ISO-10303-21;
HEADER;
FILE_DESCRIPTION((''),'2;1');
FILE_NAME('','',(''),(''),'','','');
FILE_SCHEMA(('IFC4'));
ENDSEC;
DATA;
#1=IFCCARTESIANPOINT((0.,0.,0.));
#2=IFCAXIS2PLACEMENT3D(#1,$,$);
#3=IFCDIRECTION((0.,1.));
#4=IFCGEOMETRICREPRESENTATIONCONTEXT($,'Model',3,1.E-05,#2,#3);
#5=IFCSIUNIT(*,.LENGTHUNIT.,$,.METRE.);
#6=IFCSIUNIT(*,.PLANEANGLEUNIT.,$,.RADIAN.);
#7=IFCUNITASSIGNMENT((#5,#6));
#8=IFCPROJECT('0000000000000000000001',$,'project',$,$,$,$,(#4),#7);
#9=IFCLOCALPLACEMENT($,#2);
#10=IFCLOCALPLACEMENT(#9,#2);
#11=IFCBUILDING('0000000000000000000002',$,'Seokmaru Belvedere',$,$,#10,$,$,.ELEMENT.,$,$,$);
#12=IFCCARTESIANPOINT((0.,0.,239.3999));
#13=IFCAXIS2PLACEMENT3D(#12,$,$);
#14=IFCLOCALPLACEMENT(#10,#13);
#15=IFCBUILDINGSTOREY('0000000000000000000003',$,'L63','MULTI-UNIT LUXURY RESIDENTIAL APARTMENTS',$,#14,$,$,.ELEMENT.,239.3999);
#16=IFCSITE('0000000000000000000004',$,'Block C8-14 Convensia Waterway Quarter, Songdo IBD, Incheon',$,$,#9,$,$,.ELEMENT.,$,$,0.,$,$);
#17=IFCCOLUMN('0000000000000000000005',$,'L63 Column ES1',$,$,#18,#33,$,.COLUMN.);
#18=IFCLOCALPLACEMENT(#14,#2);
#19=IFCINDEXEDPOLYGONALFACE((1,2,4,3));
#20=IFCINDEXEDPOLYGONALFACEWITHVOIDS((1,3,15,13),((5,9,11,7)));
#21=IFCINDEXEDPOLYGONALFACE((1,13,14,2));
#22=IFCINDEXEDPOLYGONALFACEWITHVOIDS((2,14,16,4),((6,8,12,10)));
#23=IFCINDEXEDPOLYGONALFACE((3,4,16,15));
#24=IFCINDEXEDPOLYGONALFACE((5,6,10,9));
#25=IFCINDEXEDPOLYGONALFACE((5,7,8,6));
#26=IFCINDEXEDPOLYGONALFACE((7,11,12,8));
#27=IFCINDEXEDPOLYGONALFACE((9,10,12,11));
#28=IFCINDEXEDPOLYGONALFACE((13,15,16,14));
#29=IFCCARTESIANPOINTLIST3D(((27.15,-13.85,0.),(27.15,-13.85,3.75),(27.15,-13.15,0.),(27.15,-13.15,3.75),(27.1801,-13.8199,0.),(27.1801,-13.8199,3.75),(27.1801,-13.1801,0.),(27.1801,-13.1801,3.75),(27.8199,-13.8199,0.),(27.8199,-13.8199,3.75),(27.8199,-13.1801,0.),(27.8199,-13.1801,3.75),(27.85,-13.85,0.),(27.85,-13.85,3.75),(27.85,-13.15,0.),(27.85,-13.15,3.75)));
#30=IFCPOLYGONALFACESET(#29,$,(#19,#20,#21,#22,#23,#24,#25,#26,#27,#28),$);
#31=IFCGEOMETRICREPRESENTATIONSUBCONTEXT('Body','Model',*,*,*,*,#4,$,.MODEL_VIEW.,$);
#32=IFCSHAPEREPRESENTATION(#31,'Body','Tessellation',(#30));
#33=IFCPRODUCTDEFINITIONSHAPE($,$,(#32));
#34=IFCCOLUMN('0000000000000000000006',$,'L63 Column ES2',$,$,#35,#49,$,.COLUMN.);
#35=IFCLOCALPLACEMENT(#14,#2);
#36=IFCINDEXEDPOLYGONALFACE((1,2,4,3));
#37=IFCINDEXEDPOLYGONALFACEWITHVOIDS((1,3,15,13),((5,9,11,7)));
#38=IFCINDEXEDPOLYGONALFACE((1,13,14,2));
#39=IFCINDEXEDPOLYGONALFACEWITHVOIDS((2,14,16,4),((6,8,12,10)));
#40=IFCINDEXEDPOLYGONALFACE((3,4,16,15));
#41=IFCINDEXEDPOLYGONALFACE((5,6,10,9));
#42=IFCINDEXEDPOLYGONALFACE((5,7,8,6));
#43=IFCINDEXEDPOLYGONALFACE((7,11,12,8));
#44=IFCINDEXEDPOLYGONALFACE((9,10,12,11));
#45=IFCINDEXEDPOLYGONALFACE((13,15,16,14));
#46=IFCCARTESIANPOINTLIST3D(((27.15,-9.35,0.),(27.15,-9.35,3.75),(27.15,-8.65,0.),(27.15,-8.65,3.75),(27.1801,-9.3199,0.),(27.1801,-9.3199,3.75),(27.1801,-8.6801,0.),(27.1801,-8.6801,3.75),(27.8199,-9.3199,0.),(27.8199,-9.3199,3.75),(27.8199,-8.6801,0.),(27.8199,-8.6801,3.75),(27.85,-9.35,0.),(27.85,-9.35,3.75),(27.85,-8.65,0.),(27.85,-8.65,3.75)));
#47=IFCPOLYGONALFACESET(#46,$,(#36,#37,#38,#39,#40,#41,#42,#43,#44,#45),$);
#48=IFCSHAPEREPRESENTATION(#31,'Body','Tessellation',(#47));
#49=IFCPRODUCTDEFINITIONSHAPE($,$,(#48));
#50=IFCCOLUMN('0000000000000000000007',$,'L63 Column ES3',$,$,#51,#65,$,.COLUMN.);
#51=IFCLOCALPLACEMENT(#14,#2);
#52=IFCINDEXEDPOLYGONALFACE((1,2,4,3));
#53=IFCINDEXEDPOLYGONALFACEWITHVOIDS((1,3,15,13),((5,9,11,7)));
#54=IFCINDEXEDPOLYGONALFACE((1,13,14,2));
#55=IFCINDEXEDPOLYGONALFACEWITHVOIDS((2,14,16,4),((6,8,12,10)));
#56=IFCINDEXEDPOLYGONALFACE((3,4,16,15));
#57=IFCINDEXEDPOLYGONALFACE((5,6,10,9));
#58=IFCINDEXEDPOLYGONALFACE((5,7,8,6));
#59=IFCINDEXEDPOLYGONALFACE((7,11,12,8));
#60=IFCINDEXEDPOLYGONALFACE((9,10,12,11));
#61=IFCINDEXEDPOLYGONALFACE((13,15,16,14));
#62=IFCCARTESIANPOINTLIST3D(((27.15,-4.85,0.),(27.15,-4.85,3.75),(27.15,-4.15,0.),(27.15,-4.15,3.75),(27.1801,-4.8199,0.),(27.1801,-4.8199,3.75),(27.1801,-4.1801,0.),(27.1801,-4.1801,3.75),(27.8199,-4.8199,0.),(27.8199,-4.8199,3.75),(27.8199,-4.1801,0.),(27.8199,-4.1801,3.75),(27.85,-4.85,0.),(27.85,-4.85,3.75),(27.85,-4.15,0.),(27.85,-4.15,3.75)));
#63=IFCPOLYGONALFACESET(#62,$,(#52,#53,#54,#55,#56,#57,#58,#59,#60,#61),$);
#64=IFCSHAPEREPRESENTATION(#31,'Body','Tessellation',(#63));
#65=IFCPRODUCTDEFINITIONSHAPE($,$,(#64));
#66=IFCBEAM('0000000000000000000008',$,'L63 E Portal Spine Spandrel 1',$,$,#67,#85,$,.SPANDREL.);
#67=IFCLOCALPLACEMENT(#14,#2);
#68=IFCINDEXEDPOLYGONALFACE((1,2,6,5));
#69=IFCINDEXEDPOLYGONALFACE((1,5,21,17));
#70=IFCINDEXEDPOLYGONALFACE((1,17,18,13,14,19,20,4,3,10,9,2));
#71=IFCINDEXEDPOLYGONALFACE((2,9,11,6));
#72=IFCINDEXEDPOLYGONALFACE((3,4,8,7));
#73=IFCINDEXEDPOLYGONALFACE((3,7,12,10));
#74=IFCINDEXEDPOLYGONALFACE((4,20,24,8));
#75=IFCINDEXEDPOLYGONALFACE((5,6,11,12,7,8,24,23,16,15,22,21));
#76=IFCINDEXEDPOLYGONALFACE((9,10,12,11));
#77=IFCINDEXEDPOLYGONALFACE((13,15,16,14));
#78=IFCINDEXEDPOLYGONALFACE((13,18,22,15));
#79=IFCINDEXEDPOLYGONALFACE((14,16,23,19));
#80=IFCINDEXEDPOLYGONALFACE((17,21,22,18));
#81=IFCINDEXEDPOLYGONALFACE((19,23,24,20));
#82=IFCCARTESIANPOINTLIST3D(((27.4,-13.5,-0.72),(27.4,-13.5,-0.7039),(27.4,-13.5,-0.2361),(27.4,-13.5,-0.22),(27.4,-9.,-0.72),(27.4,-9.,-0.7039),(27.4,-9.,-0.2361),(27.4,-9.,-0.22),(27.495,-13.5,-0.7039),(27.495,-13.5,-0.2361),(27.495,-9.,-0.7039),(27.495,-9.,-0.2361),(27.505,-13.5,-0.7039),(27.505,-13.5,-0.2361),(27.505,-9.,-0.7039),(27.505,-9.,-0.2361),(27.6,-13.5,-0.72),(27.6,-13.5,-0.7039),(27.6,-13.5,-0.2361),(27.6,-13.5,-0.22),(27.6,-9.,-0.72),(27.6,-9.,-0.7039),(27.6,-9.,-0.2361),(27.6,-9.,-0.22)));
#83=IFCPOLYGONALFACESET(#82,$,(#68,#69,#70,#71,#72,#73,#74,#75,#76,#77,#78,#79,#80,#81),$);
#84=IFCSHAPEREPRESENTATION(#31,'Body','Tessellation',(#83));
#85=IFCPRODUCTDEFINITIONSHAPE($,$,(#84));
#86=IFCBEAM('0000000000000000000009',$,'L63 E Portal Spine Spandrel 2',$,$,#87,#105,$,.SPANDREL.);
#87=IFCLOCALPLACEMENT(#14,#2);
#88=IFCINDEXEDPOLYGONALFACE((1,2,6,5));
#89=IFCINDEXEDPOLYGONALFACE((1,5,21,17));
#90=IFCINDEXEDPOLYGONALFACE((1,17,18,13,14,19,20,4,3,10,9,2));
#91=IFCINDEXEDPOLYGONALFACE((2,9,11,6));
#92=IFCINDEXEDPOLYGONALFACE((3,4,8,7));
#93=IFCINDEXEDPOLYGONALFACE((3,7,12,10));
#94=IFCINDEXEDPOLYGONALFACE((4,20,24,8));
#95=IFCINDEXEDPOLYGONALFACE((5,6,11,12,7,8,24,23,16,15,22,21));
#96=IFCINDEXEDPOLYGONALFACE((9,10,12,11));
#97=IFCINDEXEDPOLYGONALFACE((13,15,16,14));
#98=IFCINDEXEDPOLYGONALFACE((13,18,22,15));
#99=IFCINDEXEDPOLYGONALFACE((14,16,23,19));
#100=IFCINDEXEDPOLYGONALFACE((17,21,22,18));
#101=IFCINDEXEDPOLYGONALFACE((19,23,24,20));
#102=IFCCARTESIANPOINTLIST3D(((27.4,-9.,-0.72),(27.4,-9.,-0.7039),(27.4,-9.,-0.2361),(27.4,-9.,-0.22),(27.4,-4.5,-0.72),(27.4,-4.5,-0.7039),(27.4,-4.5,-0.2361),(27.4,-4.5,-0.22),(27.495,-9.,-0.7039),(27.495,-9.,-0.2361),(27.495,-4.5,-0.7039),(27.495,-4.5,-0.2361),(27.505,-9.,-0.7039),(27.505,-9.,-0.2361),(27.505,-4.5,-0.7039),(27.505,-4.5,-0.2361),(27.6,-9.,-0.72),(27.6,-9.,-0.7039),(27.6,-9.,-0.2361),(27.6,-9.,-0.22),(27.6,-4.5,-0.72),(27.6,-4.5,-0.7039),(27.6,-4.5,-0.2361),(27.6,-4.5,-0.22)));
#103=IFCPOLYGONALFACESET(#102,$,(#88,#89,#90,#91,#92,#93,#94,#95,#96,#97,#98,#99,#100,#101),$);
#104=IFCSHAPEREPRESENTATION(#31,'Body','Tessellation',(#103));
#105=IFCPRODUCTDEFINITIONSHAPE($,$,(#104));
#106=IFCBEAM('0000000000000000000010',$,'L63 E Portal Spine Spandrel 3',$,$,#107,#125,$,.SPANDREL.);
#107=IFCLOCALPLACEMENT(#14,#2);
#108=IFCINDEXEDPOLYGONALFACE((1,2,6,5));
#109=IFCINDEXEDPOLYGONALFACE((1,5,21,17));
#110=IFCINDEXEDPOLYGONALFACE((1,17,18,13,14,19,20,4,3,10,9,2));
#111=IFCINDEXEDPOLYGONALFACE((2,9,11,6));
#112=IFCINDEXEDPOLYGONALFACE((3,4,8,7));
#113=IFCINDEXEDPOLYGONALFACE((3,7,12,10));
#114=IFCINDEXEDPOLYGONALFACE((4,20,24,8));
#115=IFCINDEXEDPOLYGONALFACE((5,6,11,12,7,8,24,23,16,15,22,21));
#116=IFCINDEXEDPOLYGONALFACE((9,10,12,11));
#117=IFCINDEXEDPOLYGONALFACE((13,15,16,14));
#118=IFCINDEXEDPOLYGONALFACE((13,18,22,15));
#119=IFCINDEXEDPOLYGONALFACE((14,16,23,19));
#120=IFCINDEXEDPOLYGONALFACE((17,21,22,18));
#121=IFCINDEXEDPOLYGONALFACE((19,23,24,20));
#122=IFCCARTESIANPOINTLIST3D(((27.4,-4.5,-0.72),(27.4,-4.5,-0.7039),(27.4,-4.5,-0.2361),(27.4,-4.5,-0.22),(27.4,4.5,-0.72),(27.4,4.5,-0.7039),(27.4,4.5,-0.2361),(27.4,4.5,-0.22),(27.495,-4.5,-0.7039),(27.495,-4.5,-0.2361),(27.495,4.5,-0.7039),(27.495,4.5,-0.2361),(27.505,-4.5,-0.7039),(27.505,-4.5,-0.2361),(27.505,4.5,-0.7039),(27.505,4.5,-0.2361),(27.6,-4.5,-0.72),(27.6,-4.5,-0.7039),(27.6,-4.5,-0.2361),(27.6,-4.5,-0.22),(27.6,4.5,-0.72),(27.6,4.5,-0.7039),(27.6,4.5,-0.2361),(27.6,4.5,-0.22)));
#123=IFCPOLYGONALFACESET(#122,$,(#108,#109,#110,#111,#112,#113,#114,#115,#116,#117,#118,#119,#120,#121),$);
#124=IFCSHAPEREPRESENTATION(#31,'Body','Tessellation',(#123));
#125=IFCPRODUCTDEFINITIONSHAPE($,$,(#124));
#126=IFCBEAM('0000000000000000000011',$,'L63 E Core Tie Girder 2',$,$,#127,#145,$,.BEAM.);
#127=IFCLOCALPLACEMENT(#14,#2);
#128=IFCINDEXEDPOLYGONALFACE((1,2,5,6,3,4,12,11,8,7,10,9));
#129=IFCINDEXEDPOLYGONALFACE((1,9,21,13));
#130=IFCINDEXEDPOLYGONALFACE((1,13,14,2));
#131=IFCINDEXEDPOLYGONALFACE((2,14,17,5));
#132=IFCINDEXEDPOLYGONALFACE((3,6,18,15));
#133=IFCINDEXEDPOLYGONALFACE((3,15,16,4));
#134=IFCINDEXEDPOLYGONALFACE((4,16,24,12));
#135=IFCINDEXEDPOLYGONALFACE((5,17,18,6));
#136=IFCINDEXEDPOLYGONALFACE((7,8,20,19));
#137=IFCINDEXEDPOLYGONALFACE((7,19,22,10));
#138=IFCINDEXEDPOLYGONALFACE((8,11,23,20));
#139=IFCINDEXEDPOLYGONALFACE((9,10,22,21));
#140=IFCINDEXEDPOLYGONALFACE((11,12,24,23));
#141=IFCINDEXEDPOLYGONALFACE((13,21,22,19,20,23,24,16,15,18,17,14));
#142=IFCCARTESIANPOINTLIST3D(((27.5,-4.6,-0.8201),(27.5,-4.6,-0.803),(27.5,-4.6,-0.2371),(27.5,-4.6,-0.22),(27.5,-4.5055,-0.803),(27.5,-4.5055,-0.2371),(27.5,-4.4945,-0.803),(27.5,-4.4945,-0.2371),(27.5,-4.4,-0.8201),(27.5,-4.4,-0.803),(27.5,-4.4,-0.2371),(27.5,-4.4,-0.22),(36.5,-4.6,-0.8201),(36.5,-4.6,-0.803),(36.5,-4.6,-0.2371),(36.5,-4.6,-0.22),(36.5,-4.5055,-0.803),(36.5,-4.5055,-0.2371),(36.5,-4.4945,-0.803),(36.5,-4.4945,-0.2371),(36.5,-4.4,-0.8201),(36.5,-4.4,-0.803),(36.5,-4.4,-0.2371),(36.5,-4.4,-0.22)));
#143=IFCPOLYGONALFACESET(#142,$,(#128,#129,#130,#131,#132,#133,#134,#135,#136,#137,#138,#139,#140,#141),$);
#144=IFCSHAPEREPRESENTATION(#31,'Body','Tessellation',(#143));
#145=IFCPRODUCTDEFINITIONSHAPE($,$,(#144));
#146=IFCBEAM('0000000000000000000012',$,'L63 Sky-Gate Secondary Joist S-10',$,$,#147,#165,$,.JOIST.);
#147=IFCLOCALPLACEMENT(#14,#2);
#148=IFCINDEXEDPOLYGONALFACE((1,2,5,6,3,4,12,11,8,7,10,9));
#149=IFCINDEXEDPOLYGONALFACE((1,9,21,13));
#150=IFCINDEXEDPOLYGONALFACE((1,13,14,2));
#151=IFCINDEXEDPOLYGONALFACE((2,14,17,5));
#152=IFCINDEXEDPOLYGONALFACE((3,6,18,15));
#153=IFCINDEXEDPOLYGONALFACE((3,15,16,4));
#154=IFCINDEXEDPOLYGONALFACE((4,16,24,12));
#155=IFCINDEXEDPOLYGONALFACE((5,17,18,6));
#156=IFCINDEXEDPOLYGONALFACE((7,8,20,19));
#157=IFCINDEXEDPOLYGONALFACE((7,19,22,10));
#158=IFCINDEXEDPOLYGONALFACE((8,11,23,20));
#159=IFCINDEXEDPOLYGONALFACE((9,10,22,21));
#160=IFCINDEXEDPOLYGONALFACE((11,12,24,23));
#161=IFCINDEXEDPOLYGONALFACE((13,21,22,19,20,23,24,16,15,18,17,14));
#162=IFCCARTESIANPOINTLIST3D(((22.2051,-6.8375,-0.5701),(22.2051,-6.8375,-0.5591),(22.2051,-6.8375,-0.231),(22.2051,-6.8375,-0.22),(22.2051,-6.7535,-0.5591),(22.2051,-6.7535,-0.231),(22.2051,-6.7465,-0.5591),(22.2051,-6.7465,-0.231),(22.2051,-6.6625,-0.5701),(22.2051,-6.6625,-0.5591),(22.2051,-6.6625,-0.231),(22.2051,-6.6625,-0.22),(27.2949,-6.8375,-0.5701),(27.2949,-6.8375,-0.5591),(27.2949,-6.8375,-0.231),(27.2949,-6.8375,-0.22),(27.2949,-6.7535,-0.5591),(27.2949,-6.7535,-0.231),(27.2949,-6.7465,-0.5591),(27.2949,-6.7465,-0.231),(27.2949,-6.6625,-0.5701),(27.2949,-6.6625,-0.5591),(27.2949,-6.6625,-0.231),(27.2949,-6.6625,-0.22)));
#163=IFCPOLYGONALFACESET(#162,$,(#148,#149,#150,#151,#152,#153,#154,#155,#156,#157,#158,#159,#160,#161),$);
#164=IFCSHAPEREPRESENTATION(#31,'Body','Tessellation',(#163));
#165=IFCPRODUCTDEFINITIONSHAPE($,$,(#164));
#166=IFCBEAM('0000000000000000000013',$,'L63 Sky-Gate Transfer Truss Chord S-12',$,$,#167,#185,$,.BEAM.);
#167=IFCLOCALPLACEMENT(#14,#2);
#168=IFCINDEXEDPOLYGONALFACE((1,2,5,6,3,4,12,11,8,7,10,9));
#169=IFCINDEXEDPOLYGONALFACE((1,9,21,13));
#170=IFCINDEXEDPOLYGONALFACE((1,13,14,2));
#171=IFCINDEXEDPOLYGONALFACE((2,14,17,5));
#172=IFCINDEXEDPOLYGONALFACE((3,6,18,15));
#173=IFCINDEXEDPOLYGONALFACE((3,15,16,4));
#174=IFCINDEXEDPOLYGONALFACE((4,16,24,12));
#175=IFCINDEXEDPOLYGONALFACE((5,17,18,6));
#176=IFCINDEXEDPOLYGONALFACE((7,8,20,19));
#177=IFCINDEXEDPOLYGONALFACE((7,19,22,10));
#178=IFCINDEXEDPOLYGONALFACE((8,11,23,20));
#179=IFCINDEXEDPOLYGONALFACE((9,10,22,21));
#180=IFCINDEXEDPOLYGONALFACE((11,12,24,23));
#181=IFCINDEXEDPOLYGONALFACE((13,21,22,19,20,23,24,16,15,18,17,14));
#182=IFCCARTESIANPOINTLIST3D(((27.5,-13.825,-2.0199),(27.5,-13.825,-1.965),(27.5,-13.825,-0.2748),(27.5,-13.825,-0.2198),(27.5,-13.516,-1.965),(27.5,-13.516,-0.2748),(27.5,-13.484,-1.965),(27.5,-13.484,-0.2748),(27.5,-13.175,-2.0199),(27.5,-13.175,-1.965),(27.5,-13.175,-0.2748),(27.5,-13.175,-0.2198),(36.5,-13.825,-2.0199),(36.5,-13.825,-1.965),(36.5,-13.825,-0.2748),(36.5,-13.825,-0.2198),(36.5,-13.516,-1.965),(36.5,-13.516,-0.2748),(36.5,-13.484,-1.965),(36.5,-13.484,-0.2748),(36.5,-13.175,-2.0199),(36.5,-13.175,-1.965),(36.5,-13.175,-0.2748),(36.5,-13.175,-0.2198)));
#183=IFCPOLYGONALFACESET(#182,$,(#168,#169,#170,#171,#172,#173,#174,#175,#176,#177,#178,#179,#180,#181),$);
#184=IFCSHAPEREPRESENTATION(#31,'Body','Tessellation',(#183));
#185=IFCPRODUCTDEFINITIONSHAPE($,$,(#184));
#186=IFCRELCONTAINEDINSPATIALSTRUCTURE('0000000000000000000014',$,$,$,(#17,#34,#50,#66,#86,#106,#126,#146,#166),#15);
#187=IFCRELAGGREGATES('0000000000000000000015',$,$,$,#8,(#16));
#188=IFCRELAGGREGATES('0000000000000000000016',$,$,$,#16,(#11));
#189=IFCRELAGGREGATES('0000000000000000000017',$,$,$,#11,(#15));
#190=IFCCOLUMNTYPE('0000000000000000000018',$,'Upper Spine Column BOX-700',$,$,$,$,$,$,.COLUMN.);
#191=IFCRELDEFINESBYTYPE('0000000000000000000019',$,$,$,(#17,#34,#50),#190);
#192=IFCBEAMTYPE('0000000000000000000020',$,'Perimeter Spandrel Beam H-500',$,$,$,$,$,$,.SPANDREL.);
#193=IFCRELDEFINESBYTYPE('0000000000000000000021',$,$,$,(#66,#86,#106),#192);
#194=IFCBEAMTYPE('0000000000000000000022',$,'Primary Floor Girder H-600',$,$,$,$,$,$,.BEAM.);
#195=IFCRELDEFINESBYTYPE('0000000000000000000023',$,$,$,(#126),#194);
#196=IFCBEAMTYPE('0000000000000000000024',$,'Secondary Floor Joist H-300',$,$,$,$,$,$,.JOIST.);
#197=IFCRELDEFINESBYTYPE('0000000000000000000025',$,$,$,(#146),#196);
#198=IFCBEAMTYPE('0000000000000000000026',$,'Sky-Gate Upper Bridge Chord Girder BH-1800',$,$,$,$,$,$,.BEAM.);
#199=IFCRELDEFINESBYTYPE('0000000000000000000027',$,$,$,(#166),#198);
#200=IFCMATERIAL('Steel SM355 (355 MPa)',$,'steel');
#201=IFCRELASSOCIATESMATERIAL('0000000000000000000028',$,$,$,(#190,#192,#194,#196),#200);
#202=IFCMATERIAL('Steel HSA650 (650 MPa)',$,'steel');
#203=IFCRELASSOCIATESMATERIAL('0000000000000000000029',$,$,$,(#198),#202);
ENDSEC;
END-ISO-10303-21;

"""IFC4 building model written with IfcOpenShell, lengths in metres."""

from ifc_helpers import new_model, si_unit, direction, frame, origin, origin_2d, place, context, subcontext, project, spatial, hollow_rectangle, i_section, extrude, source, transform, mapped, material, material_profile, profile_set, type_object, type_shapes, element, save


model = new_model("IFC4")

# Units and contexts
model_context = context("Model", 3, precision=1e-05, world=origin(), true_north=direction((0.0, 1.0)))
body_context = subcontext(model_context, "Body", "Model", "MODEL_VIEW")
ifc_project = project(units=[si_unit("LENGTHUNIT", "METRE"), si_unit("PLANEANGLEUNIT", "RADIAN")], contexts=[model_context])

# Site, building, storey
site_placement = place(None, origin())
site = spatial("IfcSite", under=ifc_project, at=site_placement, Name="Block C8-14 Convensia Waterway Quarter, Songdo IBD, Incheon", CompositionType="ELEMENT", RefElevation=0.0)
building_placement = place(site_placement, origin())
building = spatial("IfcBuilding", under=site, at=building_placement, Name="Seokmaru Belvedere", CompositionType="ELEMENT")
storey_placement = place(building_placement, frame((0.0, 0.0, 239.3999)))
storey = spatial("IfcBuildingStorey", under=building, at=storey_placement, Name="L63", Description="MULTI-UNIT LUXURY RESIDENTIAL APARTMENTS", CompositionType="ELEMENT", Elevation=239.3999)

# Columns
ifc_material_1 = material(Name="Steel SM355 (355 MPa)", Category="steel")
ifc_material_profile_1 = material_profile(ifc_material_1, hollow_rectangle(XDim=0.7, YDim=0.7, WallThickness=0.03, at=origin_2d()), Name="BOX-700x700x30")
ifc_profile_set_1 = profile_set([ifc_material_profile_1], Name="Steel SM355 (355 MPa)")
column_type = type_object("IfcColumnType", Name="Upper Spine Column BOX-700", PredefinedType="COLUMN", material=ifc_profile_set_1)
shared_shape_1 = source(origin(), body_context, "Body", "SweptSolid", [
    extrude(hollow_rectangle(XDim=0.7, YDim=0.7, WallThickness=0.03, at=origin_2d()), origin(), (0.0, 0.0, 1.0), 3.75),
])
type_shapes(column_type, [shared_shape_1])
for number, where, z_axis, x_axis, name in (
    (1, (27.5, -13.5, 0.0), (0.0, 0.0, 1.0), (1.0, 0.0, 0.0), "L63 Column ES1"),
    (2, (27.5, -9.0, 0.0), (0.0, 0.0, 1.0), (1.0, 0.0, 0.0), "L63 Column ES2"),
    (3, (27.5, -4.5, 0.0), (0.0, 0.0, 1.0), (1.0, 0.0, 0.0), "L63 Column ES3"),
):
    element("IfcColumn", number, at=place(storey_placement, frame(where, z_axis=z_axis, x_axis=x_axis)), inside=storey, type_object=column_type, Name=name, PredefinedType="COLUMN", context=body_context, shape_type="MappedRepresentation", body=[
        mapped(shared_shape_1, transform((0.0, 0.0, 0.0), scale=1.0)),
    ])

# Beams
ifc_material_profile_2 = material_profile(ifc_material_1, i_section(OverallWidth=0.2, OverallDepth=0.5, WebThickness=0.01, FlangeThickness=0.0161, at=origin_2d()), Name="H-500x200x10x16")
ifc_profile_set_2 = profile_set([ifc_material_profile_2], Name="Steel SM355 (355 MPa)")
beam_type_1 = type_object("IfcBeamType", Name="Perimeter Spandrel Beam H-500", PredefinedType="SPANDREL", material=ifc_profile_set_2)
shared_shape_2 = source(origin(), body_context, "Body", "SweptSolid", [
    extrude(i_section(OverallWidth=0.2, OverallDepth=0.5, WebThickness=0.01, FlangeThickness=0.0161, at=origin_2d()), origin(), (0.0, 0.0, 1.0), 4.5),
])
for number, where, z_axis, x_axis, name in (
    (4, (27.5, -13.5, -0.47), (0.0, 1.0, 0.0), (-1.0, 0.0, 0.0), "L63 E Portal Spine Spandrel 1"),
    (5, (27.5, -9.0, -0.47), (0.0, 1.0, 0.0), (-1.0, 0.0, 0.0), "L63 E Portal Spine Spandrel 2"),
):
    element("IfcBeam", number, at=place(storey_placement, frame(where, z_axis=z_axis, x_axis=x_axis)), inside=storey, type_object=beam_type_1, Name=name, PredefinedType="SPANDREL", context=body_context, shape_type="MappedRepresentation", body=[
        mapped(shared_shape_2, transform((0.0, 0.0, 0.0), scale=1.0)),
    ])
shared_shape_3 = source(origin(), body_context, "Body", "SweptSolid", [
    extrude(i_section(OverallWidth=0.2, OverallDepth=0.5, WebThickness=0.01, FlangeThickness=0.0161, at=origin_2d()), origin(), (0.0, 0.0, 1.0), 9.0),
])
type_shapes(beam_type_1, [shared_shape_2, shared_shape_3])
beam_1_placement = place(storey_placement, frame((27.5, -4.5, -0.47), z_axis=(0.0, 1.0, 0.0), x_axis=(-1.0, 0.0, 0.0)))
element("IfcBeam", 6, at=beam_1_placement, inside=storey, type_object=beam_type_1, Name="L63 E Portal Spine Spandrel 3", PredefinedType="SPANDREL", context=body_context, shape_type="MappedRepresentation", body=[
    mapped(shared_shape_3, transform((0.0, 0.0, 0.0), scale=1.0)),
])
ifc_material_profile_3 = material_profile(ifc_material_1, i_section(OverallWidth=0.2, OverallDepth=0.6001, WebThickness=0.011, FlangeThickness=0.0171, at=origin_2d()), Name="H-600x200x11x17")
ifc_profile_set_3 = profile_set([ifc_material_profile_3], Name="Steel SM355 (355 MPa)")
beam_type_2 = type_object("IfcBeamType", Name="Primary Floor Girder H-600", PredefinedType="BEAM", material=ifc_profile_set_3)
shared_shape_4 = source(origin(), body_context, "Body", "SweptSolid", [
    extrude(i_section(OverallWidth=0.2, OverallDepth=0.6001, WebThickness=0.011, FlangeThickness=0.0171, at=origin_2d()), origin(), (0.0, 0.0, 1.0), 9.0),
])
type_shapes(beam_type_2, [shared_shape_4])
beam_2_placement = place(storey_placement, frame((27.5, -4.5, -0.52), z_axis=(1.0, 0.0, 0.0), x_axis=(0.0, 1.0, 0.0)))
element("IfcBeam", 7, at=beam_2_placement, inside=storey, type_object=beam_type_2, Name="L63 E Core Tie Girder 2", PredefinedType="BEAM", context=body_context, shape_type="MappedRepresentation", body=[
    mapped(shared_shape_4, transform((0.0, 0.0, 0.0), scale=1.0)),
])
ifc_material_profile_4 = material_profile(ifc_material_1, i_section(OverallWidth=0.175, OverallDepth=0.3501, WebThickness=0.0071, FlangeThickness=0.011, at=origin_2d()), Name="H-350x175x7x11")
ifc_profile_set_4 = profile_set([ifc_material_profile_4], Name="Steel SM355 (355 MPa)")
beam_type_3 = type_object("IfcBeamType", Name="Secondary Floor Joist H-300", PredefinedType="JOIST", material=ifc_profile_set_4)
shared_shape_5 = source(origin(), body_context, "Body", "SweptSolid", [
    extrude(i_section(OverallWidth=0.175, OverallDepth=0.3501, WebThickness=0.0071, FlangeThickness=0.011, at=origin_2d()), origin(), (0.0, 0.0, 1.0), 5.0898),
])
type_shapes(beam_type_3, [shared_shape_5])
beam_3_placement = place(storey_placement, frame((22.2051, -6.75, -0.395), z_axis=(1.0, 0.0, 0.0), x_axis=(0.0, 1.0, 0.0)))
element("IfcBeam", 8, at=beam_3_placement, inside=storey, type_object=beam_type_3, Name="L63 Sky-Gate Secondary Joist S-10", PredefinedType="JOIST", context=body_context, shape_type="MappedRepresentation", body=[
    mapped(shared_shape_5, transform((0.0, 0.0, 0.0), scale=1.0)),
])
ifc_material_2 = material(Name="Steel HSA650 (650 MPa)", Category="steel")
ifc_material_profile_5 = material_profile(ifc_material_2, i_section(OverallWidth=0.6499, OverallDepth=1.8, WebThickness=0.032, FlangeThickness=0.0549, at=origin_2d()), Name="BH-1800x650x32x55")
ifc_profile_set_5 = profile_set([ifc_material_profile_5], Name="Steel HSA650 (650 MPa)")
beam_type_4 = type_object("IfcBeamType", Name="Sky-Gate Upper Bridge Chord Girder BH-1800", PredefinedType="BEAM", material=ifc_profile_set_5)
shared_shape_6 = source(origin(), body_context, "Body", "SweptSolid", [
    extrude(i_section(OverallWidth=0.6499, OverallDepth=1.8, WebThickness=0.032, FlangeThickness=0.0549, at=origin_2d()), origin(), (0.0, 0.0, 1.0), 9.0),
])
type_shapes(beam_type_4, [shared_shape_6])
beam_4_placement = place(storey_placement, frame((27.5, -13.5, -1.1199), z_axis=(1.0, 0.0, 0.0), x_axis=(0.0, 1.0, 0.0)))
element("IfcBeam", 9, at=beam_4_placement, inside=storey, type_object=beam_type_4, Name="L63 Sky-Gate Transfer Truss Chord S-12", PredefinedType="BEAM", context=body_context, shape_type="MappedRepresentation", body=[
    mapped(shared_shape_6, transform((0.0, 0.0, 0.0), scale=1.0)),
])

save(model, "model.ifc")
